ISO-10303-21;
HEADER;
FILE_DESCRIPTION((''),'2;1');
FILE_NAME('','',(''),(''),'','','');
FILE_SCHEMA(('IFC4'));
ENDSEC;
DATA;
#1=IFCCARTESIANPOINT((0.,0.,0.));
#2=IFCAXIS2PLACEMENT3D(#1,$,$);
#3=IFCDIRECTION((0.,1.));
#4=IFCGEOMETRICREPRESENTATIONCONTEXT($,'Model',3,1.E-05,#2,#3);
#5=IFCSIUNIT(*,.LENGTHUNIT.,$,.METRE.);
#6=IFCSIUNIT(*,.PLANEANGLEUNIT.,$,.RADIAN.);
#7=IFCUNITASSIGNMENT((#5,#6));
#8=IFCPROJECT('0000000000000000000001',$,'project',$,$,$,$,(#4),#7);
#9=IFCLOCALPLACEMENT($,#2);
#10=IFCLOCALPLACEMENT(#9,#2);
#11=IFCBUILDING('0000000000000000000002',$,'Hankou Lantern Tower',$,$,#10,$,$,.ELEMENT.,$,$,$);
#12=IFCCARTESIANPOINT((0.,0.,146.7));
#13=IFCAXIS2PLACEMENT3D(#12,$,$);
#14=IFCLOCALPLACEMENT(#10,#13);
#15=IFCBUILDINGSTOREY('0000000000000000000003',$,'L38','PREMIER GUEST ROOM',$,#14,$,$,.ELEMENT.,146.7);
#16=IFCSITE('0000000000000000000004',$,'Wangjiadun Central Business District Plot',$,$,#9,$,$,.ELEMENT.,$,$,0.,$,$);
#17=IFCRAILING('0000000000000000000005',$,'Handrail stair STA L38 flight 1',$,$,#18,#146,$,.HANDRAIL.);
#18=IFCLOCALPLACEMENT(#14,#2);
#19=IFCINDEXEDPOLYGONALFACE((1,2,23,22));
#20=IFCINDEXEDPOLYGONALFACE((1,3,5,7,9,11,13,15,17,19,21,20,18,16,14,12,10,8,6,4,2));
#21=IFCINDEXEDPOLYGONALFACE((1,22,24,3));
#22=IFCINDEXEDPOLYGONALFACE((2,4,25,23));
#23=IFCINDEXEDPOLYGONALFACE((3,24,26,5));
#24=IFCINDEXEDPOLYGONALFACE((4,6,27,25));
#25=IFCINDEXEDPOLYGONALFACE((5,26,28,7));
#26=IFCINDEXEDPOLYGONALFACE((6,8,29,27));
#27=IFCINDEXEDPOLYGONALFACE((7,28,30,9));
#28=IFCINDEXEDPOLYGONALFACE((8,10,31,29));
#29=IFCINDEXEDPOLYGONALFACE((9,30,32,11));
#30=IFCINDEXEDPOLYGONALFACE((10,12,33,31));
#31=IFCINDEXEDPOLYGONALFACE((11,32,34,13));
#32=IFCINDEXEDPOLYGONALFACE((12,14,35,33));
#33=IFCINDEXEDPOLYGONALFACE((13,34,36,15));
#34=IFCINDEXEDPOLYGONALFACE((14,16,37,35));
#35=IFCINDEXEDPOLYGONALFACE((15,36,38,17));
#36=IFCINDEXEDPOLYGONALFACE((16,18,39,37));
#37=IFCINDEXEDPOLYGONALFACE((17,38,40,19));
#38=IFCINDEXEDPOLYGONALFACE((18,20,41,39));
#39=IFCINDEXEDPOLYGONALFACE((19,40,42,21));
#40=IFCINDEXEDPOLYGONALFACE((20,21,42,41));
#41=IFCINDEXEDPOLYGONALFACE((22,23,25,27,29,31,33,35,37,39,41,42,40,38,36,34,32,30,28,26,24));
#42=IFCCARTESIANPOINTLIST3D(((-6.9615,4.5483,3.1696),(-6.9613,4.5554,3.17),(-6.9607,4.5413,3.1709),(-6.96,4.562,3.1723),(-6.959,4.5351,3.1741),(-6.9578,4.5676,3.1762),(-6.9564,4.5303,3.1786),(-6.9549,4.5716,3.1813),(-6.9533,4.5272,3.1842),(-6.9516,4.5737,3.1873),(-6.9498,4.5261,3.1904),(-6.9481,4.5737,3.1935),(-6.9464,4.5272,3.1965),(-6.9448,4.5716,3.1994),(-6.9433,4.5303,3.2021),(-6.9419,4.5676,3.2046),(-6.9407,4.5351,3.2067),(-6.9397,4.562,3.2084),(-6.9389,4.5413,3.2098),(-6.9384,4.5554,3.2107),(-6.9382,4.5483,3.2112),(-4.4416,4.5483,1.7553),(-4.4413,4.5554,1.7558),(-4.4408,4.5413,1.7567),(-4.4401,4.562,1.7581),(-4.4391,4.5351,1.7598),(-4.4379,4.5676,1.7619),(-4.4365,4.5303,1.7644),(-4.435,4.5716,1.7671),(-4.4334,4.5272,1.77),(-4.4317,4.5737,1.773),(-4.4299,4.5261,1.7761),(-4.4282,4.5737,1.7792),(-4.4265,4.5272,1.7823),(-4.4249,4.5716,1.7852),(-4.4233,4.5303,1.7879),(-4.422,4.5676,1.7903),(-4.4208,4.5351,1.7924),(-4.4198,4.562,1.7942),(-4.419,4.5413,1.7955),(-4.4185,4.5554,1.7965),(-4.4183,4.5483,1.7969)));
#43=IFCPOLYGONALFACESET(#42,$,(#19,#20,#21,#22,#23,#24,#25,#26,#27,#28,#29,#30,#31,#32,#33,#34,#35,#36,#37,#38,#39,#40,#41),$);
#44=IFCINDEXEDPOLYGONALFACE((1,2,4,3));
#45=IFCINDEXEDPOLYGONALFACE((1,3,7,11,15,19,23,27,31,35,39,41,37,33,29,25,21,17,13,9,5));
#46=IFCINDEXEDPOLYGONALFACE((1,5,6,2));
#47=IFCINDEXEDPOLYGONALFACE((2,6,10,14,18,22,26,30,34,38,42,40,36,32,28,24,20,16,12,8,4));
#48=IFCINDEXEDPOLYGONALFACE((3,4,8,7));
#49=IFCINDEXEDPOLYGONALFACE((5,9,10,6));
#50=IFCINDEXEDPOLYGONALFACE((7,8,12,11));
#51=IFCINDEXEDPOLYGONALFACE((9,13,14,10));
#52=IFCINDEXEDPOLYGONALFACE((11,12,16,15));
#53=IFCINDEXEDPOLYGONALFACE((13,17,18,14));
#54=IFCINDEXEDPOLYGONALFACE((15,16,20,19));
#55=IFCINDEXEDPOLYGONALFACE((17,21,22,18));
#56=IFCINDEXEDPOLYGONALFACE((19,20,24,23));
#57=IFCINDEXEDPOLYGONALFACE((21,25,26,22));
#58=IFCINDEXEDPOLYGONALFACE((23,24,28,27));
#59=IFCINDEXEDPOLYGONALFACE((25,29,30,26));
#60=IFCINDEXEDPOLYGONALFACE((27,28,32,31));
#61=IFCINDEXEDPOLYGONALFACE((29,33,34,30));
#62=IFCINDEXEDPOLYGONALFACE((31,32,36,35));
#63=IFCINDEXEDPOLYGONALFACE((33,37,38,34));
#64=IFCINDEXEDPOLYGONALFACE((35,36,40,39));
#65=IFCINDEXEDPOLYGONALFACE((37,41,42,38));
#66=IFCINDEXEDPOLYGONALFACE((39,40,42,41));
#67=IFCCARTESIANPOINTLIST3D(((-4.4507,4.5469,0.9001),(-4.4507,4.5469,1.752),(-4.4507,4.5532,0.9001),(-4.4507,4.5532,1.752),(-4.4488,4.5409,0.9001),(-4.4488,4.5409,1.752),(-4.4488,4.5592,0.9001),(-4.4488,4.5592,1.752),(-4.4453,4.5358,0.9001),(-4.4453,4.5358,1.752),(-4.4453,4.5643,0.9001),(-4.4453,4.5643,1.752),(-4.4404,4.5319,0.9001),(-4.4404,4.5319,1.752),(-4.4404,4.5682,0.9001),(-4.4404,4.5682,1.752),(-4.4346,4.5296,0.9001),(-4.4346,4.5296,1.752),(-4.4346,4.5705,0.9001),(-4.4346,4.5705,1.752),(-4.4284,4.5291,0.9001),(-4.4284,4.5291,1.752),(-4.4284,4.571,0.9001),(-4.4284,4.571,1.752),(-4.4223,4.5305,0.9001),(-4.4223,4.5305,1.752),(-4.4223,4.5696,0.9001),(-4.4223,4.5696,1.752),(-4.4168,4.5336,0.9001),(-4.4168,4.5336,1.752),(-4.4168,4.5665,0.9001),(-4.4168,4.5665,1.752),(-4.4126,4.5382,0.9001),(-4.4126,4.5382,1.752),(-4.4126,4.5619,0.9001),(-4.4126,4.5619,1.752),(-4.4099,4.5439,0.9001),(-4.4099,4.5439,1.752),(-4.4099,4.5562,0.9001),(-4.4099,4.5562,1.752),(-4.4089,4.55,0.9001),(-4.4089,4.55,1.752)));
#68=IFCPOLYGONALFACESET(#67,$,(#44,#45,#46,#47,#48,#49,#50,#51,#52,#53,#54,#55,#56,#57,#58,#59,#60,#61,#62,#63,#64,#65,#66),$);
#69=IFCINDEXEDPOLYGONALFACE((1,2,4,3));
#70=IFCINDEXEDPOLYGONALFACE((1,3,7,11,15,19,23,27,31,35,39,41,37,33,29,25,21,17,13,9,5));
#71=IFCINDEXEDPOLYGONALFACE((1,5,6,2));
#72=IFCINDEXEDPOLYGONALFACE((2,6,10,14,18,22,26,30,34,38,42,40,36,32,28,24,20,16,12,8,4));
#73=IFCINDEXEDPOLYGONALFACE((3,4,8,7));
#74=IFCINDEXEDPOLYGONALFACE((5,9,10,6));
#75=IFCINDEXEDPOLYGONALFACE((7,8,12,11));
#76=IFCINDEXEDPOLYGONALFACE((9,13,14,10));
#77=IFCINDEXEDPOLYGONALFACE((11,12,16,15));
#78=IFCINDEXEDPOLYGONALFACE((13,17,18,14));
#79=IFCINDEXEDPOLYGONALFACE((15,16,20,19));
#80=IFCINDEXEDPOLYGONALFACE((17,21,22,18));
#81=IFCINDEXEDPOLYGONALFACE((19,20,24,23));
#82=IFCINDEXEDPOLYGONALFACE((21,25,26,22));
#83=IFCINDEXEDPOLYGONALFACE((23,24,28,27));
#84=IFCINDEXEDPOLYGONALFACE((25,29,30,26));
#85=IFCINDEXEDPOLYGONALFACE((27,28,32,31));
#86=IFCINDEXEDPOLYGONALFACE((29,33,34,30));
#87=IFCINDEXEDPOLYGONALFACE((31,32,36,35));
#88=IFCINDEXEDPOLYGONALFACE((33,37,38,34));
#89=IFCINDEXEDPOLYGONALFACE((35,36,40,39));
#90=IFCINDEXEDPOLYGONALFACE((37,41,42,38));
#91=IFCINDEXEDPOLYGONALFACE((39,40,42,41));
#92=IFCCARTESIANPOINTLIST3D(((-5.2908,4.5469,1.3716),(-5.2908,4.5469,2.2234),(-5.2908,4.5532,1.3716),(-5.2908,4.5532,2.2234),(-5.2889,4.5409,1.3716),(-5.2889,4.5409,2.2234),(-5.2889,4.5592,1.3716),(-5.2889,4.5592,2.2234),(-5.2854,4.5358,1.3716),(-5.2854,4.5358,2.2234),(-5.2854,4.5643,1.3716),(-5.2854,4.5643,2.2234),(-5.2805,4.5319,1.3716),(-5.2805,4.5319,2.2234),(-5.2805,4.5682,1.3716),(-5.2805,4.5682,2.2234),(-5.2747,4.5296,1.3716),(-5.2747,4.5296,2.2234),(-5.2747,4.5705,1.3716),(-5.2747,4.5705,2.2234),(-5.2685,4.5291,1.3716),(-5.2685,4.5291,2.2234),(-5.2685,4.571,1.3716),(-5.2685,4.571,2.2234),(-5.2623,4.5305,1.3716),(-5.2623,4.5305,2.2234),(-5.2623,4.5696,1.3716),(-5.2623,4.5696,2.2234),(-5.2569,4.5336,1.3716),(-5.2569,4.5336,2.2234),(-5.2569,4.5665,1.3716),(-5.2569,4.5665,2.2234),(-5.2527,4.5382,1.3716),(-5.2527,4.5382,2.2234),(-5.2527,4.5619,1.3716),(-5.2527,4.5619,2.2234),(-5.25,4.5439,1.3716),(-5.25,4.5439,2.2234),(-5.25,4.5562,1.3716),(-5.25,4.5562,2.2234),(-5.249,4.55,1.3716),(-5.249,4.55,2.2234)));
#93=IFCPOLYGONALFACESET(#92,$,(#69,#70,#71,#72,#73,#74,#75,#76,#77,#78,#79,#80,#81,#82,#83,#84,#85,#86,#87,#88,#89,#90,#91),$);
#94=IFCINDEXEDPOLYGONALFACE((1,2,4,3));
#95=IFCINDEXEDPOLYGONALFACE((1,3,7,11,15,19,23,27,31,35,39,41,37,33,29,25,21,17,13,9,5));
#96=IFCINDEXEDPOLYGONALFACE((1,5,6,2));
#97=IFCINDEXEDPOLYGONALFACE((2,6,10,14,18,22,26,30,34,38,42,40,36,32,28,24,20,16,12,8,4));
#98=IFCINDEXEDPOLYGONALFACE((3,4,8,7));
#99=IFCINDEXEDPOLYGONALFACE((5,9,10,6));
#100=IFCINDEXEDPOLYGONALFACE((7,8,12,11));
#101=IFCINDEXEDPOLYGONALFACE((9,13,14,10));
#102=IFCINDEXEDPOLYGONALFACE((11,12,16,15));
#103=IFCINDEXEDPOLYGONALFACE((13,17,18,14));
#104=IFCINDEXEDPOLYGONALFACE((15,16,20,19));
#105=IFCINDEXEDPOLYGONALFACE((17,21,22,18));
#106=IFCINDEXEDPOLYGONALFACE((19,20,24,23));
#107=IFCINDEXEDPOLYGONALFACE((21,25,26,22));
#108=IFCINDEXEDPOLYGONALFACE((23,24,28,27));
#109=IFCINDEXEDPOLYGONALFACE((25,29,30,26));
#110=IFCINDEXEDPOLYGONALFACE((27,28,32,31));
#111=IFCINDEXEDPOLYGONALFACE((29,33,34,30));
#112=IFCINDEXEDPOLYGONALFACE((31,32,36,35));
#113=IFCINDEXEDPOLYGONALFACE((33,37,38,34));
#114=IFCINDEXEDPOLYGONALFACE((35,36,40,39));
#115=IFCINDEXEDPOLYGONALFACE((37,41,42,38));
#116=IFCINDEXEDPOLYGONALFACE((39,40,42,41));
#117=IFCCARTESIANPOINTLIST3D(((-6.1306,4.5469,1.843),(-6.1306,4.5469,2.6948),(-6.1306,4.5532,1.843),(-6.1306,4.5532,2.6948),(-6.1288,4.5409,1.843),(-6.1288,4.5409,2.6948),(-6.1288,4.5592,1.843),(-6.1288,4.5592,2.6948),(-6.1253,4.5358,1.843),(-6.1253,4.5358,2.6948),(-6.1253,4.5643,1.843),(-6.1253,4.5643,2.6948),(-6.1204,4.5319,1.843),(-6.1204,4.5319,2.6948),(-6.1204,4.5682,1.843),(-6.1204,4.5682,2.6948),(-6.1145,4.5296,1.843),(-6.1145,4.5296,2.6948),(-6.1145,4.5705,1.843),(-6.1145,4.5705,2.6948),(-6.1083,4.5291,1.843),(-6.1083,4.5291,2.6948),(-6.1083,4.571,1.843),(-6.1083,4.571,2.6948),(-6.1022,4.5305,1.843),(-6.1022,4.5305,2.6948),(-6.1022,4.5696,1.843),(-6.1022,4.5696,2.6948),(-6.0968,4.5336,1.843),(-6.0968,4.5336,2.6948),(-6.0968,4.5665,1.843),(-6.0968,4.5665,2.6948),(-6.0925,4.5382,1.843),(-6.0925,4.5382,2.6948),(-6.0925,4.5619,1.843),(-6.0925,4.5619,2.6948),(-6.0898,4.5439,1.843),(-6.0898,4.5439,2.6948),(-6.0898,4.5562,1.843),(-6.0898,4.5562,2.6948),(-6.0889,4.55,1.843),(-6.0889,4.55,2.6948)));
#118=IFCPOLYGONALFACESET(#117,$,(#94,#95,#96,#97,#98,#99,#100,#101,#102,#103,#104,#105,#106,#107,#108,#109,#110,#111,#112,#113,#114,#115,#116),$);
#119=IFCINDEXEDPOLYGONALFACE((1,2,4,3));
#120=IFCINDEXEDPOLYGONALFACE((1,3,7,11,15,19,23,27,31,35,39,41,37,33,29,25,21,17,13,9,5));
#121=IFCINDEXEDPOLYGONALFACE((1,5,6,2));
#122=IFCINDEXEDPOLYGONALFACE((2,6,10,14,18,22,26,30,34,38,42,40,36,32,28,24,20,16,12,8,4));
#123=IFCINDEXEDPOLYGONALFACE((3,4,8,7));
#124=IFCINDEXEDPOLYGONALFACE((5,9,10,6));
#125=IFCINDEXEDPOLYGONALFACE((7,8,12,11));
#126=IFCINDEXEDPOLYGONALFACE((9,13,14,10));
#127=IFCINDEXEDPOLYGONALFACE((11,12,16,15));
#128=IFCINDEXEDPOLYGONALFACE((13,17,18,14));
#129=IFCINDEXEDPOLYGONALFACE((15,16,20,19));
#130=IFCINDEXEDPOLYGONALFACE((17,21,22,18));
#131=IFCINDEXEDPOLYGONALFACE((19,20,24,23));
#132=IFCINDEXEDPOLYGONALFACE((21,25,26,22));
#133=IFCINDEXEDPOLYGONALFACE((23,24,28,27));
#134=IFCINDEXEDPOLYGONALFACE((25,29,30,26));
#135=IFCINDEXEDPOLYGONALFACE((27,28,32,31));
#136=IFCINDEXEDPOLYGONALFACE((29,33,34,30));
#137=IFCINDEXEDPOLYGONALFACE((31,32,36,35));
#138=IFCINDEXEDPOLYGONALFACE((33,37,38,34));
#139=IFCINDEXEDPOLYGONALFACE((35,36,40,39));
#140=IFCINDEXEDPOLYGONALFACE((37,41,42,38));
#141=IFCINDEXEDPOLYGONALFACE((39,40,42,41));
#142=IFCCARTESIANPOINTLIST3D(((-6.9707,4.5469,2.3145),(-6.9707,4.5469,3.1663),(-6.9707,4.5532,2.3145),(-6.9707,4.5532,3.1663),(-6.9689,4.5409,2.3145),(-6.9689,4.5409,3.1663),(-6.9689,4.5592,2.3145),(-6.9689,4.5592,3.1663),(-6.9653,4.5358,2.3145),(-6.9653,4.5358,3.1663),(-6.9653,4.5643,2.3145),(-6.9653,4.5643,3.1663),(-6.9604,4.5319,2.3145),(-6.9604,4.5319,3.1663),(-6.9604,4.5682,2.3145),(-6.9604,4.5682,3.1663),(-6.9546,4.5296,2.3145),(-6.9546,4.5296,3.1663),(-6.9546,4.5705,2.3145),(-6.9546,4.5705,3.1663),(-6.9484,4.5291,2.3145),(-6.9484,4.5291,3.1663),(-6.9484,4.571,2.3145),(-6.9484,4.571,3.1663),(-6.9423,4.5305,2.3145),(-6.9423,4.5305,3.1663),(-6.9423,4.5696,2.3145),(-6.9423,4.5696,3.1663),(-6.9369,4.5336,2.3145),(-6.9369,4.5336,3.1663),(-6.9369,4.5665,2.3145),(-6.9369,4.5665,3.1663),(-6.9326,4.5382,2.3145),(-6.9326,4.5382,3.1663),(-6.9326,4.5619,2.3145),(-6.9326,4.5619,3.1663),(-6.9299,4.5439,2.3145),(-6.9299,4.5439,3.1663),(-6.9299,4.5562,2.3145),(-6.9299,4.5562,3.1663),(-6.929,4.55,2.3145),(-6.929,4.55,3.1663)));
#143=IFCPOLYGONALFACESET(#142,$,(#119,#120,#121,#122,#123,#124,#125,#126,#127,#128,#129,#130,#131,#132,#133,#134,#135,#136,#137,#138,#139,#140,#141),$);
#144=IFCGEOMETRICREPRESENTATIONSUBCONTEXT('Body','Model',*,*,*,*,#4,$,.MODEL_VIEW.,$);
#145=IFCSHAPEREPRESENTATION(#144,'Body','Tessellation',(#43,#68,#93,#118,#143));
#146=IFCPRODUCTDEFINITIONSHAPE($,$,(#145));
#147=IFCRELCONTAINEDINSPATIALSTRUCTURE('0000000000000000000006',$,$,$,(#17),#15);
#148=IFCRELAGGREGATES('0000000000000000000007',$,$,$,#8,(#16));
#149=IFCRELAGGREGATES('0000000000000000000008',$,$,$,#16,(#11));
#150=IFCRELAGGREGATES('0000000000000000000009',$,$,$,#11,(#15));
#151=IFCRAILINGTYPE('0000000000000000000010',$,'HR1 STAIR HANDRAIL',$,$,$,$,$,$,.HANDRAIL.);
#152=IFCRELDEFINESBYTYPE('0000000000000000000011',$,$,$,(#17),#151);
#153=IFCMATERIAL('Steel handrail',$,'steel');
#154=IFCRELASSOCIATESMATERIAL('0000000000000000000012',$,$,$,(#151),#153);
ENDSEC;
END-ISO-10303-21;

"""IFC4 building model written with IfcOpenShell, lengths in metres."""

from ifc_helpers import new_model, si_unit, direction, frame, origin, origin_2d, place, context, subcontext, project, spatial, circle, extrude, material, type_object, element, save


model = new_model("IFC4")

# Units and contexts
model_context = context("Model", 3, precision=1e-05, world=origin(), true_north=direction((0.0, 1.0)))
body_context = subcontext(model_context, "Body", "Model", "MODEL_VIEW")
ifc_project = project(units=[si_unit("LENGTHUNIT", "METRE"), si_unit("PLANEANGLEUNIT", "RADIAN")], contexts=[model_context])

# Site, building, storey
site_placement = place(None, origin())
site = spatial("IfcSite", under=ifc_project, at=site_placement, Name="Wangjiadun Central Business District Plot", CompositionType="ELEMENT", RefElevation=0.0)
building_placement = place(site_placement, origin())
building = spatial("IfcBuilding", under=site, at=building_placement, Name="Hankou Lantern Tower", CompositionType="ELEMENT")
storey_placement = place(building_placement, frame((0.0, 0.0, 146.7)))
storey = spatial("IfcBuildingStorey", under=building, at=storey_placement, Name="L38", Description="PREMIER GUEST ROOM", CompositionType="ELEMENT", Elevation=146.7)

# Railing
ifc_material_1 = material(Name="Steel handrail", Category="steel")
railing_type = type_object("IfcRailingType", Name="HR1 STAIR HANDRAIL", PredefinedType="HANDRAIL", material=ifc_material_1)
railing_1_placement = place(storey_placement, frame((-4.4299, 4.55, 0.9001)))
element("IfcRailing", 1, at=railing_1_placement, inside=storey, type_object=railing_type, Name="Handrail stair STA L38 flight 1", PredefinedType="HANDRAIL", context=body_context, shape_type="SweptSolid", body=[
    extrude(circle(Radius=0.0239, at=origin_2d()), frame((0.0, 0.0, 0.876), z_axis=(-0.872049, 0.0, 0.489419), x_axis=(0.0, -1.0, 0.0)), (0.0, 0.0, 1.0), 2.8896),
    extrude(circle(Radius=0.021, at=origin_2d()), origin(), (0.0, 0.0, 1.0), 0.8518),
    extrude(circle(Radius=0.021, at=origin_2d()), frame((-0.8401, 0.0, 0.4714)), (0.0, 0.0, 1.0), 0.8518),
    extrude(circle(Radius=0.021, at=origin_2d()), frame((-1.6799, 0.0, 0.9429)), (0.0, 0.0, 1.0), 0.8518),
    extrude(circle(Radius=0.021, at=origin_2d()), frame((-2.52, 0.0, 1.4143)), (0.0, 0.0, 1.0), 0.8518),
])

save(model, "model.ifc")
